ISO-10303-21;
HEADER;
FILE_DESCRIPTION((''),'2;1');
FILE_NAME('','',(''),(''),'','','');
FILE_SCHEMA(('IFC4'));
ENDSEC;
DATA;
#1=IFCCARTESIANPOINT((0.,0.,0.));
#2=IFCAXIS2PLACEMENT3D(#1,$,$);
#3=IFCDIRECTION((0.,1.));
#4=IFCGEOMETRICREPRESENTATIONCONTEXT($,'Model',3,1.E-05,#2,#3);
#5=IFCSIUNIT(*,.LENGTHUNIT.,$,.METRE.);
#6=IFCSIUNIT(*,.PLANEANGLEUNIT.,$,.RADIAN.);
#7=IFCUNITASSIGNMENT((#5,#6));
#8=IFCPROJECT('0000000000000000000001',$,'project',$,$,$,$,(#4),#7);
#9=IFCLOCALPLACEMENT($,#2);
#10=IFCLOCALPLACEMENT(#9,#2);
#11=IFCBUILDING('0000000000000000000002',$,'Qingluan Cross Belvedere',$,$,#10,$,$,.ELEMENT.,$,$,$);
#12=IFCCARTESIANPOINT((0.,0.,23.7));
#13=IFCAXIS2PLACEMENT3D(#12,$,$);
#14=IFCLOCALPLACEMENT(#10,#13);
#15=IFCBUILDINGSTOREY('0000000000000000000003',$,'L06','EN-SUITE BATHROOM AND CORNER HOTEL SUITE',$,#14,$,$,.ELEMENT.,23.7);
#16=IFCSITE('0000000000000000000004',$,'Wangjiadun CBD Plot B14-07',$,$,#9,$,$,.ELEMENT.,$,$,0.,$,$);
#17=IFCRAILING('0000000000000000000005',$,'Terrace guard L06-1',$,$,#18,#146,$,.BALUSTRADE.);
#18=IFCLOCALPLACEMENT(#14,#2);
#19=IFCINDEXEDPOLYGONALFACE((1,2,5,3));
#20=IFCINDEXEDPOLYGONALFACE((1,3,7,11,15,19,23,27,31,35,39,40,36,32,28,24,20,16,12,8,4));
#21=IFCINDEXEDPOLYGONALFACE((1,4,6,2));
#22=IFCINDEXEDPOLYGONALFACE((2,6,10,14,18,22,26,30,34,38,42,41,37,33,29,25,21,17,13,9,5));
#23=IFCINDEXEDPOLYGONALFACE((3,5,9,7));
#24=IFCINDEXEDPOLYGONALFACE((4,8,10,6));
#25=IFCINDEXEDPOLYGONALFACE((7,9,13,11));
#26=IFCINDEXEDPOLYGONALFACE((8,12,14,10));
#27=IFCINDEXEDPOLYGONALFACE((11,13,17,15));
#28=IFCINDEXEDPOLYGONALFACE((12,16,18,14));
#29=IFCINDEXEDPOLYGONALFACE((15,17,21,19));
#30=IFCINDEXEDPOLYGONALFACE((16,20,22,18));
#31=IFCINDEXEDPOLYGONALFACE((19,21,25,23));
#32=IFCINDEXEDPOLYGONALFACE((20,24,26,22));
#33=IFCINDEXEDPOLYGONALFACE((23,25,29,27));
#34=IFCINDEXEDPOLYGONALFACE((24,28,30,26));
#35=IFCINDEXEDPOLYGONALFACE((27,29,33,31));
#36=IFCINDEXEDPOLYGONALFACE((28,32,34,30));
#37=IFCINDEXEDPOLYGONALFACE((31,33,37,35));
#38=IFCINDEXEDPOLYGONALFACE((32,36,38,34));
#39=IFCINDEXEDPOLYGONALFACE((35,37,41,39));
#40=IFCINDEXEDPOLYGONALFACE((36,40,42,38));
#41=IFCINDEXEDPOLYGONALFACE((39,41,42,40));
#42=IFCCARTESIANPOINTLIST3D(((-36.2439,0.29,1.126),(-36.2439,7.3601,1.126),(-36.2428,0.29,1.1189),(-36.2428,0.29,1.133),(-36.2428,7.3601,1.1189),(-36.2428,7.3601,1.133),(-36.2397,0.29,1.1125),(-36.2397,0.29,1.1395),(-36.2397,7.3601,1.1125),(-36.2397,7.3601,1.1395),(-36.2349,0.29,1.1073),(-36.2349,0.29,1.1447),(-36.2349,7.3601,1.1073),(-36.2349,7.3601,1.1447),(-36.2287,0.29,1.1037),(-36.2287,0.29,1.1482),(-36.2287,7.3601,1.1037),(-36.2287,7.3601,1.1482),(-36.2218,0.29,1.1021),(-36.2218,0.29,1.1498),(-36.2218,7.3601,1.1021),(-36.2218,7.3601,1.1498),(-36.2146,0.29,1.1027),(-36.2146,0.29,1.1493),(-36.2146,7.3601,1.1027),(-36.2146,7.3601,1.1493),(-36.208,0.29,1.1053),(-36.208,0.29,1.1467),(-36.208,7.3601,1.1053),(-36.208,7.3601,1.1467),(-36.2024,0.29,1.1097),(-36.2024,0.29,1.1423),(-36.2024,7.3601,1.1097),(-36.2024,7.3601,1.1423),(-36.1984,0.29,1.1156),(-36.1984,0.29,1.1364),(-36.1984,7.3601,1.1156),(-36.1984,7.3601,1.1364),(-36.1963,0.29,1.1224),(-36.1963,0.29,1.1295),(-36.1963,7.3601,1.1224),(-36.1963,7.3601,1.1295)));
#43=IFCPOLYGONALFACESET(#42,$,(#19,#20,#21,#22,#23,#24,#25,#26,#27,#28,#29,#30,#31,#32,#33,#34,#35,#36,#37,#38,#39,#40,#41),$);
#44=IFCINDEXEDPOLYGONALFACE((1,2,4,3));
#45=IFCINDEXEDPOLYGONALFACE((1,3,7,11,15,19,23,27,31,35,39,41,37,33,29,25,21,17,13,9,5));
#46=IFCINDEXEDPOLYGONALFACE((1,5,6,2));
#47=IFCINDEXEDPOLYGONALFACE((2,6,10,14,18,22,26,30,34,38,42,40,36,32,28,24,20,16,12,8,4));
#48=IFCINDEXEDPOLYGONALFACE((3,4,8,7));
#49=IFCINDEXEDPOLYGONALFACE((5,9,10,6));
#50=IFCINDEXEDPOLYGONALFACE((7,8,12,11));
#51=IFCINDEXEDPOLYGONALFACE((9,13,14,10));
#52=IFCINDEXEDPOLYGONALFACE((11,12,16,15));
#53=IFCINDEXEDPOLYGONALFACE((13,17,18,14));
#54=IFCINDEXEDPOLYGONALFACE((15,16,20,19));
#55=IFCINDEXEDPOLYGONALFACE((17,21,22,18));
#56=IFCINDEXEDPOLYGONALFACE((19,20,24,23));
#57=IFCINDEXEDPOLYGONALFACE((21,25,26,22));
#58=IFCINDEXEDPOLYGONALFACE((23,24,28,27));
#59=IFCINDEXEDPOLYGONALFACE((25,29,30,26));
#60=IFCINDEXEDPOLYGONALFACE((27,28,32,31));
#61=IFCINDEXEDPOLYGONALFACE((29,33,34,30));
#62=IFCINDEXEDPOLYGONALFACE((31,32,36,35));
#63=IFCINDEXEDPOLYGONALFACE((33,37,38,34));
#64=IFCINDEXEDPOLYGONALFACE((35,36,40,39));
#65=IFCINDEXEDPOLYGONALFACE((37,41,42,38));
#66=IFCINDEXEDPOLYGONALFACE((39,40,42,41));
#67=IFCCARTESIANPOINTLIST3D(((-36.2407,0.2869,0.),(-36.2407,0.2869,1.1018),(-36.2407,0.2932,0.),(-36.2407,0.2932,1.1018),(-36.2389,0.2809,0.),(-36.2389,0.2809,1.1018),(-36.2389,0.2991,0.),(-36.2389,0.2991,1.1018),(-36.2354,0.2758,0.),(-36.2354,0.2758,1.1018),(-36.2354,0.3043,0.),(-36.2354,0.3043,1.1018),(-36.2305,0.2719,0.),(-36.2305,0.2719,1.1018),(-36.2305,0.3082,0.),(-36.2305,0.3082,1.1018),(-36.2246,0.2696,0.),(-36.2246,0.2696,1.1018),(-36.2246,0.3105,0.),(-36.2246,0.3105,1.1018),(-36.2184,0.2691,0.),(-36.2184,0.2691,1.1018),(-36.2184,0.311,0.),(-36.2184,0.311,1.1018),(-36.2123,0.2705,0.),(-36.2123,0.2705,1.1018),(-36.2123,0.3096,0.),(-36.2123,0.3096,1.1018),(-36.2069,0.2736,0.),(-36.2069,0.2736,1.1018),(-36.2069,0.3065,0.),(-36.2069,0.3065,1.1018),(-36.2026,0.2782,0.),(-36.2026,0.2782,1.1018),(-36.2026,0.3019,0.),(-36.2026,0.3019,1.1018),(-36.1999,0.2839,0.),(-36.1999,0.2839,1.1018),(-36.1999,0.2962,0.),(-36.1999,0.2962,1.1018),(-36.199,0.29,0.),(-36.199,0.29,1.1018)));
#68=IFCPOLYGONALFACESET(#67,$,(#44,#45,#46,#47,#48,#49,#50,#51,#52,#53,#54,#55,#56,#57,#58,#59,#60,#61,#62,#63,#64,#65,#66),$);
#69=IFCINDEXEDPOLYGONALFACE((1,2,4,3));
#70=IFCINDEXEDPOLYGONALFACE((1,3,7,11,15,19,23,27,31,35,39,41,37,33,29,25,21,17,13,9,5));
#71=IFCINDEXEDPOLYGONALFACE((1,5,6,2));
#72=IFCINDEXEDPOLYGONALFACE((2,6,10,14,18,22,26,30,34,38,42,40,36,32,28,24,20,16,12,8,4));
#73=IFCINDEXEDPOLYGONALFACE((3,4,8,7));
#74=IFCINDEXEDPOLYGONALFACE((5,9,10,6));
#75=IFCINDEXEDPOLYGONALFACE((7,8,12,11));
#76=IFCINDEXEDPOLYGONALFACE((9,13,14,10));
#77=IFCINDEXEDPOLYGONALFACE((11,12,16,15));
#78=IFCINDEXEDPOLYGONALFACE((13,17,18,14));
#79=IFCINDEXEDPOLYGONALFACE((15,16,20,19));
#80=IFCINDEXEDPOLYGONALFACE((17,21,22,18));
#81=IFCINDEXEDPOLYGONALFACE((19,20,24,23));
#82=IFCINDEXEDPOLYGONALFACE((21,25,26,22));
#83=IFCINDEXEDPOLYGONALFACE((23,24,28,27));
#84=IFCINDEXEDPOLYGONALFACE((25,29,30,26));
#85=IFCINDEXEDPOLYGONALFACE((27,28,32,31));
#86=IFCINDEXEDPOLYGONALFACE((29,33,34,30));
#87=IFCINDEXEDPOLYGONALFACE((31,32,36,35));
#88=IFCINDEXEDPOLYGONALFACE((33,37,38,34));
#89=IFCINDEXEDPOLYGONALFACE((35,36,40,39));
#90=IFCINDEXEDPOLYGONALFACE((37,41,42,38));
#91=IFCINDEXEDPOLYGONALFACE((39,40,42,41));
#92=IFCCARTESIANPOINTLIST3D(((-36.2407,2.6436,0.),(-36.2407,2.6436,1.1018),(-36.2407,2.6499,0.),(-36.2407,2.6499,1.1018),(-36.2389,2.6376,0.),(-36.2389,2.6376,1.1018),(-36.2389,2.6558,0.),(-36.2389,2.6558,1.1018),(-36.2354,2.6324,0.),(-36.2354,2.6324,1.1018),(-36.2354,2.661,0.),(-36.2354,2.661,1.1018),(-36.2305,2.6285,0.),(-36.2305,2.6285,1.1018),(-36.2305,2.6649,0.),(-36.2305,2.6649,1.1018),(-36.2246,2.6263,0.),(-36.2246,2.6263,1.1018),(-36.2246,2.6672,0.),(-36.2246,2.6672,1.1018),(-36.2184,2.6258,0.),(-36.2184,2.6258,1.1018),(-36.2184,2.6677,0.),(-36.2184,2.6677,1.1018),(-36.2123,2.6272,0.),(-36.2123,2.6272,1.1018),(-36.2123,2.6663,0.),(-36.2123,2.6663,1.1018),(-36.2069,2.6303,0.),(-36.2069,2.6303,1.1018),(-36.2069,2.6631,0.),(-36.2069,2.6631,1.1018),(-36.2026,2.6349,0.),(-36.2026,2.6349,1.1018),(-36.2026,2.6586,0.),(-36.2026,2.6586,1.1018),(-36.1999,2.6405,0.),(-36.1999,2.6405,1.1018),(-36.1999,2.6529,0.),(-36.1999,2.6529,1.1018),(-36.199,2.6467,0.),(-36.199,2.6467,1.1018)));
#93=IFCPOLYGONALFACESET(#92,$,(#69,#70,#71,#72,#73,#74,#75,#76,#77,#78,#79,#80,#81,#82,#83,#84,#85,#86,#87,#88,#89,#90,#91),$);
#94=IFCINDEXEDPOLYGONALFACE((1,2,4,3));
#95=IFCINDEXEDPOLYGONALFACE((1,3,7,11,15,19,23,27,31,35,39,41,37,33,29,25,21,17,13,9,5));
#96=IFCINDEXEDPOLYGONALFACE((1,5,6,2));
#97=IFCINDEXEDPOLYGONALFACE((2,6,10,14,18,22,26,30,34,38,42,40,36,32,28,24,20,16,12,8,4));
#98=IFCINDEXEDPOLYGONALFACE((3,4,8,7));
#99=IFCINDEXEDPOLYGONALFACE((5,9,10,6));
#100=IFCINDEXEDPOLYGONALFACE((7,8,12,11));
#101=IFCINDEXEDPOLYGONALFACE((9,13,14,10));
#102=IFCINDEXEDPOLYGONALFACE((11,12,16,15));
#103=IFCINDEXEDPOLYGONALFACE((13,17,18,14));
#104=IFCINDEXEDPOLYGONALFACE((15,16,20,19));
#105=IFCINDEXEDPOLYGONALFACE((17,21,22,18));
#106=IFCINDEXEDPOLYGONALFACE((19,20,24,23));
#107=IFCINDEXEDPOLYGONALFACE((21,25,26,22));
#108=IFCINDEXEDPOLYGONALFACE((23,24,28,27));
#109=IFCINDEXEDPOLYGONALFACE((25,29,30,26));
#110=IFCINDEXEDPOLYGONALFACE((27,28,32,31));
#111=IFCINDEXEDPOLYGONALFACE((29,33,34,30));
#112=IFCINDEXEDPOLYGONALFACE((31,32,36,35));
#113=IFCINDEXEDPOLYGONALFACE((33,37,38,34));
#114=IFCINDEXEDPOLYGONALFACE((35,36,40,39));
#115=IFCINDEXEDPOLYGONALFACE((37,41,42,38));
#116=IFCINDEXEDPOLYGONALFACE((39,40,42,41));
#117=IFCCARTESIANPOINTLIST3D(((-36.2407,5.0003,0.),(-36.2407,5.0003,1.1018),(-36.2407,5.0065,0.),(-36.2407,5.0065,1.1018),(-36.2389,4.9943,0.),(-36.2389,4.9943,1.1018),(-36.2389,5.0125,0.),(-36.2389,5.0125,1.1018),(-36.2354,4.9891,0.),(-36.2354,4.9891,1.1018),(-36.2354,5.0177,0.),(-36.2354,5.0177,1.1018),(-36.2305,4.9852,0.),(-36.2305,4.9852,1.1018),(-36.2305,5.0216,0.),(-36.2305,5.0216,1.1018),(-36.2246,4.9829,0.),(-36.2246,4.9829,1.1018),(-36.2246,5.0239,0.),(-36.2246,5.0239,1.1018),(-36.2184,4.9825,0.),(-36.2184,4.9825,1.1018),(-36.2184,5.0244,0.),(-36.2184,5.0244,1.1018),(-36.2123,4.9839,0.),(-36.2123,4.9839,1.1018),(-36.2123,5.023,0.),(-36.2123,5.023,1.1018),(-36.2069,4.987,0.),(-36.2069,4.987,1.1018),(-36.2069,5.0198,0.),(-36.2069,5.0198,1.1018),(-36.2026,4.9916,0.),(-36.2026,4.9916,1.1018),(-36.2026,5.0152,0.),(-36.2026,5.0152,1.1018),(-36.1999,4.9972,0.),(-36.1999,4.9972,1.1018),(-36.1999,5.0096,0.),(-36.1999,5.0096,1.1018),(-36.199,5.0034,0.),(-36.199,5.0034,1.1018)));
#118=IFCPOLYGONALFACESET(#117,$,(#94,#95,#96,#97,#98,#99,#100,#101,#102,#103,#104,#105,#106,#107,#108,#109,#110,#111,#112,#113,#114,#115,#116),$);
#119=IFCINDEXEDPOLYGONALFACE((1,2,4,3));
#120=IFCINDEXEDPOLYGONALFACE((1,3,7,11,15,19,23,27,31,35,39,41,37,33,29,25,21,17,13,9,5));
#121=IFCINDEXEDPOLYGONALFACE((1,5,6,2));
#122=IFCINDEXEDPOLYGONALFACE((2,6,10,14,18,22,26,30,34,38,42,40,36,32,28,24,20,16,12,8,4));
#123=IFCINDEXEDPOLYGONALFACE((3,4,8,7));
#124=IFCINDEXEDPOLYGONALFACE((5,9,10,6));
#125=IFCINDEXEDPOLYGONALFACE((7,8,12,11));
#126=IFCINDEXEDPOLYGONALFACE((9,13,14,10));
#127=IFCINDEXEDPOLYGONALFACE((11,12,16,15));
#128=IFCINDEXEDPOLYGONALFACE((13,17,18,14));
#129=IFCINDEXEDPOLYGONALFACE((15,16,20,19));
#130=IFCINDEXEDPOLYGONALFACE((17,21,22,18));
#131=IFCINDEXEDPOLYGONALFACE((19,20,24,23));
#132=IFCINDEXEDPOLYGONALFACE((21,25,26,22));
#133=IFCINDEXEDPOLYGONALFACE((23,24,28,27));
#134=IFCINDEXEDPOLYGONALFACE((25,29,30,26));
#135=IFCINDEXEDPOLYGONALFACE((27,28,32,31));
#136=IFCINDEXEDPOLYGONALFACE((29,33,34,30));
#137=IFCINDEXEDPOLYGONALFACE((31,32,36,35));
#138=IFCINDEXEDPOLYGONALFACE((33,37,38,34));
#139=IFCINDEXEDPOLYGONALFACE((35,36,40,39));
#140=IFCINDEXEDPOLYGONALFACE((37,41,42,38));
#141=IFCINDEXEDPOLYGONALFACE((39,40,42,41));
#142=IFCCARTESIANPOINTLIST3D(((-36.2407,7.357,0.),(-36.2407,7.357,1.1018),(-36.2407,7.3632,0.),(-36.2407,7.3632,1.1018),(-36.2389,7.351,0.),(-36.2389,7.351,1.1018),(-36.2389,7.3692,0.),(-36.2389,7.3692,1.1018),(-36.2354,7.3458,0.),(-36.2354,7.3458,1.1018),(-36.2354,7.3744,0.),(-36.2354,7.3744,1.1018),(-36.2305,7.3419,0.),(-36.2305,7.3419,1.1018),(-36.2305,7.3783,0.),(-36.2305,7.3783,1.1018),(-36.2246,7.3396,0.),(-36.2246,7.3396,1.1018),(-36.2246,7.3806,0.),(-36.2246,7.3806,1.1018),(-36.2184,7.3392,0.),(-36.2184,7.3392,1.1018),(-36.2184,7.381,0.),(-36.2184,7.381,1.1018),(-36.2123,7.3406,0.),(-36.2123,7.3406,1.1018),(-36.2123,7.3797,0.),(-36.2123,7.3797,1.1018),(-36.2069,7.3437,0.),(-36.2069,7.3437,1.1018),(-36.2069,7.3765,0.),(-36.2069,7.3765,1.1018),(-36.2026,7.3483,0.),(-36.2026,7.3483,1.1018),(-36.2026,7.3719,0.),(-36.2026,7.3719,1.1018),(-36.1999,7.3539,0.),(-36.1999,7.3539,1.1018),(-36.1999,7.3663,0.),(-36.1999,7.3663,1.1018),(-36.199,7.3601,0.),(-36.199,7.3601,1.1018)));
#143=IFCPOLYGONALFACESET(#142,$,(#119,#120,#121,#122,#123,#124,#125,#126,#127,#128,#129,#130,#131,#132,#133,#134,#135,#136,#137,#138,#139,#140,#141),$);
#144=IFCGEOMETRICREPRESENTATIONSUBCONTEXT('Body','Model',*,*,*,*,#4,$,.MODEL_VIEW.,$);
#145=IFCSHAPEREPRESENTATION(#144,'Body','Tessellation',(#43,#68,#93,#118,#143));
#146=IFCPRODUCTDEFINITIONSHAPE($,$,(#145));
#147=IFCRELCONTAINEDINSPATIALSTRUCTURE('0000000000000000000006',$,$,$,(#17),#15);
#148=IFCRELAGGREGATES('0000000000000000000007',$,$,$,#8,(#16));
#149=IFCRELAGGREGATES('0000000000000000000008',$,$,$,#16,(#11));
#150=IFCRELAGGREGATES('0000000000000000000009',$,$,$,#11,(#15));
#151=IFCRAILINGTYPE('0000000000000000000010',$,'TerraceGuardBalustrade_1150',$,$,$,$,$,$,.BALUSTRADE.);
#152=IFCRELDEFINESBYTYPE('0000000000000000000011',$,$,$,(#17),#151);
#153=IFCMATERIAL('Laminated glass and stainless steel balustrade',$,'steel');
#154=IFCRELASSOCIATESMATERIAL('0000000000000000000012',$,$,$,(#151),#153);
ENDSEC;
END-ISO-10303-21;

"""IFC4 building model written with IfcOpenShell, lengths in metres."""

from ifc_helpers import new_model, si_unit, direction, frame, origin, origin_2d, place, context, subcontext, project, spatial, circle, extrude, material, type_object, element, save


model = new_model("IFC4")

# Units and contexts
model_context = context("Model", 3, precision=1e-05, world=origin(), true_north=direction((0.0, 1.0)))
body_context = subcontext(model_context, "Body", "Model", "MODEL_VIEW")
ifc_project = project(units=[si_unit("LENGTHUNIT", "METRE"), si_unit("PLANEANGLEUNIT", "RADIAN")], contexts=[model_context])

# Site, building, storey
site_placement = place(None, origin())
site = spatial("IfcSite", under=ifc_project, at=site_placement, Name="Wangjiadun CBD Plot B14-07", CompositionType="ELEMENT", RefElevation=0.0)
building_placement = place(site_placement, origin())
building = spatial("IfcBuilding", under=site, at=building_placement, Name="Qingluan Cross Belvedere", CompositionType="ELEMENT")
storey_placement = place(building_placement, frame((0.0, 0.0, 23.7)))
storey = spatial("IfcBuildingStorey", under=building, at=storey_placement, Name="L06", Description="EN-SUITE BATHROOM AND CORNER HOTEL SUITE", CompositionType="ELEMENT", Elevation=23.7)

# Railing
ifc_material_1 = material(Name="Laminated glass and stainless steel balustrade", Category="steel")
railing_type = type_object("IfcRailingType", Name="TerraceGuardBalustrade_1150", PredefinedType="BALUSTRADE", material=ifc_material_1)
railing_1_placement = place(storey_placement, frame((-36.22, 0.29, 0.0)))
element("IfcRailing", 1, at=railing_1_placement, inside=storey, type_object=railing_type, Name="Terrace guard L06-1", PredefinedType="BALUSTRADE", context=body_context, shape_type="SweptSolid", body=[
    extrude(circle(Radius=0.0239, at=origin_2d()), frame((0.0, 0.0, 1.126), z_axis=(0.0, 1.0, 0.0), x_axis=(-1.0, 0.0, 0.0)), (0.0, 0.0, 1.0), 7.0701),
    extrude(circle(Radius=0.021, at=origin_2d()), origin(), (0.0, 0.0, 1.0), 1.1018),
    extrude(circle(Radius=0.021, at=origin_2d()), frame((0.0, 2.3567, 0.0)), (0.0, 0.0, 1.0), 1.1018),
    extrude(circle(Radius=0.021, at=origin_2d()), frame((0.0, 4.7134, 0.0)), (0.0, 0.0, 1.0), 1.1018),
    extrude(circle(Radius=0.021, at=origin_2d()), frame((0.0, 7.0701, 0.0)), (0.0, 0.0, 1.0), 1.1018),
])

save(model, "model.ifc")
